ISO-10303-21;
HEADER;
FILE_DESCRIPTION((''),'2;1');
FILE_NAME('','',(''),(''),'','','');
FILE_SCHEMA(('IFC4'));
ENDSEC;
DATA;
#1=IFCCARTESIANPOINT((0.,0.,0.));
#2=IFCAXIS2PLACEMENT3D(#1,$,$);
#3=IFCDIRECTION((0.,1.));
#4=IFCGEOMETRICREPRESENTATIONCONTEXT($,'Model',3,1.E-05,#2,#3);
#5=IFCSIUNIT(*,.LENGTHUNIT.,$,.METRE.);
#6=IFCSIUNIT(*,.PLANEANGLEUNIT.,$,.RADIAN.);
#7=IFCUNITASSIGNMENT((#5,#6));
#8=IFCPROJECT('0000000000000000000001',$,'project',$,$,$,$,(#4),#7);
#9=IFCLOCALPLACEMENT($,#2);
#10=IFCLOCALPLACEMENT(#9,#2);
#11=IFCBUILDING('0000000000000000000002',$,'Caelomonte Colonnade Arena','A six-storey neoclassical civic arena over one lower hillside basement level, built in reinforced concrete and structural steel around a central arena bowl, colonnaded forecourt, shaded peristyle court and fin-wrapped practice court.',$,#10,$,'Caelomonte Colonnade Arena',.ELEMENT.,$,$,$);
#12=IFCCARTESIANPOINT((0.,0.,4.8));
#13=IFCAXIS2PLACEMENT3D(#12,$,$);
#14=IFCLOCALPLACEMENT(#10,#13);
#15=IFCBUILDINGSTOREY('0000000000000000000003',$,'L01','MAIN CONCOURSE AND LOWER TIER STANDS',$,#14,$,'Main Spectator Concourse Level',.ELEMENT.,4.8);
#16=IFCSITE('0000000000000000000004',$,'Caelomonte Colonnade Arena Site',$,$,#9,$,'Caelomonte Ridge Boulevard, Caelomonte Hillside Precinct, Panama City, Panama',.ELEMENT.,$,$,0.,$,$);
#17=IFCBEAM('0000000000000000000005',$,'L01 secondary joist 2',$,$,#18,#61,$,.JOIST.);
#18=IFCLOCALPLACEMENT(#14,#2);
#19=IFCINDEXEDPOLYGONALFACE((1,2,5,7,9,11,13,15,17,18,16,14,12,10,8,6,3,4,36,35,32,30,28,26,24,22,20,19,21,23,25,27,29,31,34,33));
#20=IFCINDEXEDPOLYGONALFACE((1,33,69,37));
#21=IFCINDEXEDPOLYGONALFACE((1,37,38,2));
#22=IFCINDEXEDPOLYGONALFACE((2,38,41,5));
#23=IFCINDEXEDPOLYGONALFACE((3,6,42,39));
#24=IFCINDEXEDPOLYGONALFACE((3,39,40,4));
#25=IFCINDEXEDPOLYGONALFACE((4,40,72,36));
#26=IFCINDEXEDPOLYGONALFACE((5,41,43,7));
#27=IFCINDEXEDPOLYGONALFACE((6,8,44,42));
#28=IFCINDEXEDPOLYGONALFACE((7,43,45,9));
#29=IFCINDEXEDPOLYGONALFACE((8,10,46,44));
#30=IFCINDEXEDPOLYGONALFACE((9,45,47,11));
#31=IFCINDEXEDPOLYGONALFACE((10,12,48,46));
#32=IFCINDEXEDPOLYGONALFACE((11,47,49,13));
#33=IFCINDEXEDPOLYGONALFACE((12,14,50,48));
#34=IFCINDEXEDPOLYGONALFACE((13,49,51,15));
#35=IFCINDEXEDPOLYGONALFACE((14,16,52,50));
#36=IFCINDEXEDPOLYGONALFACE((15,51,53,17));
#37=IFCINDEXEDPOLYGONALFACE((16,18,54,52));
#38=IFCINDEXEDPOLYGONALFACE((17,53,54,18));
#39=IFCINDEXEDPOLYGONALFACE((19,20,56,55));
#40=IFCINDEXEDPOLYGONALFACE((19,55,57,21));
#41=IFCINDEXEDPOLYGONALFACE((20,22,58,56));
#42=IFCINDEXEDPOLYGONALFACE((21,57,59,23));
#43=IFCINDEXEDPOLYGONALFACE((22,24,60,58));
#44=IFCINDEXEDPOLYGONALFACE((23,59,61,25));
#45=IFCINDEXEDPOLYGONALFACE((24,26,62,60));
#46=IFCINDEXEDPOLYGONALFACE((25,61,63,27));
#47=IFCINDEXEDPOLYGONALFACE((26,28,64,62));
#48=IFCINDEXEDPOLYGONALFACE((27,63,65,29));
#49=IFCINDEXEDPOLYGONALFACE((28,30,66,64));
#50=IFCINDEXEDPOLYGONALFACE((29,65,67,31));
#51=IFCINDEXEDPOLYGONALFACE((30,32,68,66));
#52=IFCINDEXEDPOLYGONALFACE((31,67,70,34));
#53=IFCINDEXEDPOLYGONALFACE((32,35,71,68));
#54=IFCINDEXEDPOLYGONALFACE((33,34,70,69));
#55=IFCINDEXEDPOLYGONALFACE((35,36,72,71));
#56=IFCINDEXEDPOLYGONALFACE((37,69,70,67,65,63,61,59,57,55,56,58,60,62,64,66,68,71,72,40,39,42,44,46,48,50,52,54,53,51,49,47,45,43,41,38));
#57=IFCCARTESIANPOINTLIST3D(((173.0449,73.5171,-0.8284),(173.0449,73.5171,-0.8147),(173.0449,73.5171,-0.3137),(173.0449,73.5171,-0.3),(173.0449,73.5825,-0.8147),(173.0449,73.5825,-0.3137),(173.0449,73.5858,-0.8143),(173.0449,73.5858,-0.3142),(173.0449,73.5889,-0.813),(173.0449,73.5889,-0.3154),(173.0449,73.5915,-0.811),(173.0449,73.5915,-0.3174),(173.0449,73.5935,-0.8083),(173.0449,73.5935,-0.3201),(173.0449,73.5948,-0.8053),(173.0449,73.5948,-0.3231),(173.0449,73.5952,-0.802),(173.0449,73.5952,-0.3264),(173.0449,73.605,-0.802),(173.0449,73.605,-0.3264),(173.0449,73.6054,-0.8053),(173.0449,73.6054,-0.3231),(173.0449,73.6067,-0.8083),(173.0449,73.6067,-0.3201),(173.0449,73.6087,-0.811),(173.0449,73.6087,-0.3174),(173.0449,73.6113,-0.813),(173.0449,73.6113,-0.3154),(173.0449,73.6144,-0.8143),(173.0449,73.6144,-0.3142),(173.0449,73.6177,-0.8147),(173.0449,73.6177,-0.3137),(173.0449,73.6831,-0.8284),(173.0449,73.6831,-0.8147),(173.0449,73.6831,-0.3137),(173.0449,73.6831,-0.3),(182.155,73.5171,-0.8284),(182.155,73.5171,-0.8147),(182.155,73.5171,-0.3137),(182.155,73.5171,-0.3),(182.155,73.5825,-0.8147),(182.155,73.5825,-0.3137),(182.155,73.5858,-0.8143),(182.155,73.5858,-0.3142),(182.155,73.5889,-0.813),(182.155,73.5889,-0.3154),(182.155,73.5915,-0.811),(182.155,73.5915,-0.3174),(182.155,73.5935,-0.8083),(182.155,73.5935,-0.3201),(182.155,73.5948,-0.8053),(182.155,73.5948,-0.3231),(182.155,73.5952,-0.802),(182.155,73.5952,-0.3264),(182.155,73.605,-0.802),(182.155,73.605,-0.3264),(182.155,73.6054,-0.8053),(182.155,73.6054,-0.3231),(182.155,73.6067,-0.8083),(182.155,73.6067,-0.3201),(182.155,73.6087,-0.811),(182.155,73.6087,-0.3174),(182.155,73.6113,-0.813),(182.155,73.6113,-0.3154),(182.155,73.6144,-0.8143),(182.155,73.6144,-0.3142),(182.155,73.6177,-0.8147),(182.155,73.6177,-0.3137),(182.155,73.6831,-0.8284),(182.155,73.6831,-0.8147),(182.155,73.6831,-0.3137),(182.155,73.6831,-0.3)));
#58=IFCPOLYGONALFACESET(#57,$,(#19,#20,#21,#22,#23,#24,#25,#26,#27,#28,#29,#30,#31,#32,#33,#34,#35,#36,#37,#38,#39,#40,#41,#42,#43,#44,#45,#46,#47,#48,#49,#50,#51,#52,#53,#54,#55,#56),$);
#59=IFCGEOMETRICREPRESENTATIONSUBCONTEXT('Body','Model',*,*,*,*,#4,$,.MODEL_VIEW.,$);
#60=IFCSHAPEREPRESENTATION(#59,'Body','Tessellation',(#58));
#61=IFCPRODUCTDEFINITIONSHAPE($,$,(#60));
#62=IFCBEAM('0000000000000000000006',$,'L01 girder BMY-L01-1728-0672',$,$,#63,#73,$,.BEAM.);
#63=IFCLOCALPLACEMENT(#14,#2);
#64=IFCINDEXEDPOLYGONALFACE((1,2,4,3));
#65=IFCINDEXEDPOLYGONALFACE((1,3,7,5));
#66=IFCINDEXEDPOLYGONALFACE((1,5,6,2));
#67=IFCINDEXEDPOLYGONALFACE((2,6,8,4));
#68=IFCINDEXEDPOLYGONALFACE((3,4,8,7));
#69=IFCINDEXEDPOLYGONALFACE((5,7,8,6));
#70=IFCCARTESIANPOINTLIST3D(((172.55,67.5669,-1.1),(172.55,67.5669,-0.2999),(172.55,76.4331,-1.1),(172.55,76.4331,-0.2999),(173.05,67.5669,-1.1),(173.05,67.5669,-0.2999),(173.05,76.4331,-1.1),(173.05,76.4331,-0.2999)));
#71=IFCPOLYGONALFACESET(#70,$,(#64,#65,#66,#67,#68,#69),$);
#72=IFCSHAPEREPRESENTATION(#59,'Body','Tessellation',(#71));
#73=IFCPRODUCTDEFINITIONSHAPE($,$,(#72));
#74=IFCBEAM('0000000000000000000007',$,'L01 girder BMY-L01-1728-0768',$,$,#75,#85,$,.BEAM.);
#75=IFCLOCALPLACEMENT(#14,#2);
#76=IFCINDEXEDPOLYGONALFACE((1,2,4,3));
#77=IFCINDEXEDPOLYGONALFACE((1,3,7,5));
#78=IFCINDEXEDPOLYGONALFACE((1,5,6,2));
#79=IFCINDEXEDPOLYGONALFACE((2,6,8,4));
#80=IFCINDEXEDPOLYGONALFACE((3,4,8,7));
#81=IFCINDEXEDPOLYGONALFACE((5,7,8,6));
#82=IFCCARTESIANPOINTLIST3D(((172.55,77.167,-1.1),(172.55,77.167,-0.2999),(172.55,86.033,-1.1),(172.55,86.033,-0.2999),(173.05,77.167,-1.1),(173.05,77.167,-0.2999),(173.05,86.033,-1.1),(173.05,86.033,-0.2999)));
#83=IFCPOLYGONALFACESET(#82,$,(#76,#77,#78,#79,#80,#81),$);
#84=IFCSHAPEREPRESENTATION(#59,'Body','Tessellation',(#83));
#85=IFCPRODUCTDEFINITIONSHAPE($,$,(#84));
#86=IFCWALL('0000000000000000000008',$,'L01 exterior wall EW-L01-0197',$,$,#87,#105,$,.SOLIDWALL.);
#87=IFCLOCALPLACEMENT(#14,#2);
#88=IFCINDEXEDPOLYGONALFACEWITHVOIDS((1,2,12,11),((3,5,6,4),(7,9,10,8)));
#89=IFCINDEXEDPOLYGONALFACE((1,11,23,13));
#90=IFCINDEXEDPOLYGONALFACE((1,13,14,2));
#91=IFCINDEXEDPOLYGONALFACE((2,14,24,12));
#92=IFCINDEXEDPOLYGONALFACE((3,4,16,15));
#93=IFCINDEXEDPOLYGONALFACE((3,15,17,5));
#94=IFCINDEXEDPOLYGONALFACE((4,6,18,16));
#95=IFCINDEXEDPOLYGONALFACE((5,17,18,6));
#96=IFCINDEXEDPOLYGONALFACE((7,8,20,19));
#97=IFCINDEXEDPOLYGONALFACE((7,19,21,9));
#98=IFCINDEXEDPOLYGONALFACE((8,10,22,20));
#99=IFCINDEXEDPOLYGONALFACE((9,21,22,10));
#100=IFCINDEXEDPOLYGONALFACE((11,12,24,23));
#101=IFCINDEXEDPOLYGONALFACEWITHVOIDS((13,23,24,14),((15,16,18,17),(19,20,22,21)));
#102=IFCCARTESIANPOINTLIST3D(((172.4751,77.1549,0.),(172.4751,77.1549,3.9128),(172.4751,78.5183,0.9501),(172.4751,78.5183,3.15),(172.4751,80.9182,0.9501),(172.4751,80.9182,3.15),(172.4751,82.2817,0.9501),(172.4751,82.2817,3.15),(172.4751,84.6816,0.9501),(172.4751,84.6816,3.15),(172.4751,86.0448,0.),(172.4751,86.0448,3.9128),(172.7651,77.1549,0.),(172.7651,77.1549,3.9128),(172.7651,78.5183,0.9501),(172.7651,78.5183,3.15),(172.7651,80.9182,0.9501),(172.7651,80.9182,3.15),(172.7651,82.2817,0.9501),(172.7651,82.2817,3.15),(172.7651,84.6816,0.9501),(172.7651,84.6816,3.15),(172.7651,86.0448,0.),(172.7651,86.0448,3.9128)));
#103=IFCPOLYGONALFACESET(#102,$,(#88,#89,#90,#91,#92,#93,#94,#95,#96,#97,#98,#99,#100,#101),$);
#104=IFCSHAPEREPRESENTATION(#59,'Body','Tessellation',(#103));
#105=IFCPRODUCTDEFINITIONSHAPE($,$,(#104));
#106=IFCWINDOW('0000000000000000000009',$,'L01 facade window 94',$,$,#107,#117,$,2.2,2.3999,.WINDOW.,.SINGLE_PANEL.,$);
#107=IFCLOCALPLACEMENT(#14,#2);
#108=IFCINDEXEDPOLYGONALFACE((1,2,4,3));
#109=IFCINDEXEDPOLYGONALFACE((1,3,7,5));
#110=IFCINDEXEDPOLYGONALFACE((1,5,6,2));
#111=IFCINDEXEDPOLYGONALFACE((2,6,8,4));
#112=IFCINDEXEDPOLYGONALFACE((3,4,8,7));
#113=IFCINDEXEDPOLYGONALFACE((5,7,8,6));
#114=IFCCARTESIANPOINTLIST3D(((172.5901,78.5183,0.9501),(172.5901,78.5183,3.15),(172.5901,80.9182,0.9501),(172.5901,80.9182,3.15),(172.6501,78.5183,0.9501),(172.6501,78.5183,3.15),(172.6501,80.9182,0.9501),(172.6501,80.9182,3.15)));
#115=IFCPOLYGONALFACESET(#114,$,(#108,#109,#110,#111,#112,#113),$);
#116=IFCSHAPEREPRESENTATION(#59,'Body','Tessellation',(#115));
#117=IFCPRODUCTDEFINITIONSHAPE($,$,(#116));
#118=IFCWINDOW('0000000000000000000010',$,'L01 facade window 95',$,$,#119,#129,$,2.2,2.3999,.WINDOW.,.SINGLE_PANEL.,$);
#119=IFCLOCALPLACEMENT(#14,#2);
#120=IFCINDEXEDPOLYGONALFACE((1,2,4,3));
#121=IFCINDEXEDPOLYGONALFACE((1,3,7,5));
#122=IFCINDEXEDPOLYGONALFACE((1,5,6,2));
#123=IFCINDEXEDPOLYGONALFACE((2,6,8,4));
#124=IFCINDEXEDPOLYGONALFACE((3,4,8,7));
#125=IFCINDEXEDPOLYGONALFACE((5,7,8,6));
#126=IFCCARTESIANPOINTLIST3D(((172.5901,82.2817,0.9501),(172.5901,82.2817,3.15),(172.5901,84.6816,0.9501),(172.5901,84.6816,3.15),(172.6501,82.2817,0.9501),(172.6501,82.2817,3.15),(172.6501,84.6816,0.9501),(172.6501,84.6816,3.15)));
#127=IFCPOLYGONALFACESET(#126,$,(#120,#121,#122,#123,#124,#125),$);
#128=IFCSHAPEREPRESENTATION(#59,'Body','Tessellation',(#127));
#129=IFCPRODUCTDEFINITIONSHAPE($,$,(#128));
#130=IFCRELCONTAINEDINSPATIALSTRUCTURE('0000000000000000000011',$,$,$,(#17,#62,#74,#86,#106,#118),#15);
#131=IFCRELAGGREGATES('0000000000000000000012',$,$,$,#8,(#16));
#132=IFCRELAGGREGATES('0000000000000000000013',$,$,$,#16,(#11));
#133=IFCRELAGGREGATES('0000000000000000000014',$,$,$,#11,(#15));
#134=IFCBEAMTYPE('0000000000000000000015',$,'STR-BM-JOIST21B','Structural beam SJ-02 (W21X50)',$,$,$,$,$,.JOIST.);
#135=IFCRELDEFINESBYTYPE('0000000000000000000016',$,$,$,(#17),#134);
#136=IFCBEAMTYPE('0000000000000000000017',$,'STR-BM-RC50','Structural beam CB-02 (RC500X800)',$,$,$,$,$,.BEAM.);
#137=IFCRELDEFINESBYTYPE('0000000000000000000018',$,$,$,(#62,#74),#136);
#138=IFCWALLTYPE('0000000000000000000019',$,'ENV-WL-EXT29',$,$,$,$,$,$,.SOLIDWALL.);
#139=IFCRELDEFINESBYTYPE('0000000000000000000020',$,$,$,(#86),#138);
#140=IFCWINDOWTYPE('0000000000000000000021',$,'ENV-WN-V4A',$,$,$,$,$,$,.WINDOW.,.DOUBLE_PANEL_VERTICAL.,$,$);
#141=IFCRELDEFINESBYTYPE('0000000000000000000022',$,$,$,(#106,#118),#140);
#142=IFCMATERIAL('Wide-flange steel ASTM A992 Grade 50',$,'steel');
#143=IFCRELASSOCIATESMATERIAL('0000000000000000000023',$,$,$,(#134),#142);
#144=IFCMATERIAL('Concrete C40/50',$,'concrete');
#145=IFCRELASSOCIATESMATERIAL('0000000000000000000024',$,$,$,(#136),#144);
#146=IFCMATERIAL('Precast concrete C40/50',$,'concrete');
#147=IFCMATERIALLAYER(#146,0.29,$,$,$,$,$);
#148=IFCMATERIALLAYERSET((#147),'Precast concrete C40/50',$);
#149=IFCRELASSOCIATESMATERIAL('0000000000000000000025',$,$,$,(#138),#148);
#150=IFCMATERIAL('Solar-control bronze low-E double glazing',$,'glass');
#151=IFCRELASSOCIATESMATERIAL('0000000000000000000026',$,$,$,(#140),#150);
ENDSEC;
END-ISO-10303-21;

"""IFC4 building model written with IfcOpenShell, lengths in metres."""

from ifc_helpers import new_model, si_unit, direction, frame, frame_2d, origin, origin_2d, place, context, subcontext, project, spatial, rectangle, i_section, extrude, material, layer, layer_set, material_profile, profile_set, type_object, element, fill, save


model = new_model("IFC4")

# Units and contexts
model_context = context("Model", 3, precision=1e-05, world=origin(), true_north=direction((0.0, 1.0)))
body_context = subcontext(model_context, "Body", "Model", "MODEL_VIEW")
ifc_project = project(units=[si_unit("LENGTHUNIT", "METRE"), si_unit("PLANEANGLEUNIT", "RADIAN")], contexts=[model_context])

# Site, building, storey
site_placement = place(None, origin())
site = spatial("IfcSite", under=ifc_project, at=site_placement, Name="Caelomonte Colonnade Arena Site", LongName="Caelomonte Ridge Boulevard, Caelomonte Hillside Precinct, Panama City, Panama", CompositionType="ELEMENT", RefElevation=0.0)
building_placement = place(site_placement, origin())
building = spatial("IfcBuilding", under=site, at=building_placement, Name="Caelomonte Colonnade Arena", Description="A six-storey neoclassical civic arena over one lower hillside basement level, built in reinforced concrete and structural steel around a central arena bowl, colonnaded forecourt, shaded peristyle court and fin-wrapped practice court.", LongName="Caelomonte Colonnade Arena", CompositionType="ELEMENT")
storey_placement = place(building_placement, frame((0.0, 0.0, 4.8)))
storey = spatial("IfcBuildingStorey", under=building, at=storey_placement, Name="L01", Description="MAIN CONCOURSE AND LOWER TIER STANDS", LongName="Main Spectator Concourse Level", CompositionType="ELEMENT", Elevation=4.8)

# Shared definitions
ifc_material_1 = material(Name="Concrete C40/50", Category="concrete")

# Beams
ifc_material_2 = material(Name="Wide-flange steel ASTM A992 Grade 50", Category="steel")
ifc_material_profile_1 = material_profile(ifc_material_2, i_section(OverallWidth=0.166, OverallDepth=0.5283, WebThickness=0.0098, FlangeThickness=0.0137, FilletRadius=0.0127, at=origin_2d()), Name="W21X50")
ifc_profile_set_1 = profile_set([ifc_material_profile_1], Name="Wide-flange steel ASTM A992 Grade 50")
beam_type_1 = type_object("IfcBeamType", Name="STR-BM-JOIST21B", Description="Structural beam SJ-02 (W21X50)", PredefinedType="JOIST", material=ifc_profile_set_1)
for number, where, z_axis, x_axis, name in (
    (1, (173.0449, 73.6001, -0.5642), (1.0, 0.0, 0.0), (0.0, 1.0, 0.0), "L01 secondary joist 2"),
):
    element("IfcBeam", number, at=place(storey_placement, frame(where, z_axis=z_axis, x_axis=x_axis)), inside=storey, type_object=beam_type_1, Name=name, PredefinedType="JOIST", context=body_context, shape_type="SweptSolid", body=[
        extrude(i_section(OverallWidth=0.166, OverallDepth=0.5283, WebThickness=0.0098, FlangeThickness=0.0137, FilletRadius=0.0127, at=origin_2d()), origin(), (0.0, 0.0, 1.0), 9.1101),
    ])
ifc_material_profile_2 = material_profile(ifc_material_1, rectangle(XDim=0.5, YDim=0.8, at=origin_2d()), Name="RC500X800")
ifc_profile_set_2 = profile_set([ifc_material_profile_2], Name="Concrete C40/50")
beam_type_2 = type_object("IfcBeamType", Name="STR-BM-RC50", Description="Structural beam CB-02 (RC500X800)", PredefinedType="BEAM", material=ifc_profile_set_2)
beam_1_placement = place(storey_placement, frame((172.8, 67.5669, -0.7), z_axis=(0.0, 1.0, 0.0), x_axis=(-1.0, 0.0, 0.0)))
element("IfcBeam", 2, at=beam_1_placement, inside=storey, type_object=beam_type_2, Name="L01 girder BMY-L01-1728-0672", PredefinedType="BEAM", context=body_context, shape_type="SweptSolid", body=[
    extrude(rectangle(XDim=0.5, YDim=0.8, at=origin_2d()), origin(), (0.0, 0.0, 1.0), 8.8662),
])
beam_2_placement = place(storey_placement, frame((172.8, 77.167, -0.7), z_axis=(0.0, 1.0, 0.0), x_axis=(-1.0, 0.0, 0.0)))
element("IfcBeam", 3, at=beam_2_placement, inside=storey, type_object=beam_type_2, Name="L01 girder BMY-L01-1728-0768", PredefinedType="BEAM", context=body_context, shape_type="SweptSolid", body=[
    extrude(rectangle(XDim=0.5, YDim=0.8, at=origin_2d()), origin(), (0.0, 0.0, 1.0), 8.866),
])

# Wall, openings, windows
ifc_material_3 = material(Name="Precast concrete C40/50", Category="concrete")
ifc_layer = layer(ifc_material_3, 0.29)
ifc_layer_set = layer_set([ifc_layer], Name="Precast concrete C40/50")
wall_type = type_object("IfcWallType", Name="ENV-WL-EXT29", PredefinedType="SOLIDWALL", material=ifc_layer_set)
wall_placement = place(storey_placement, frame((172.6201, 77.155, 0.0), z_axis=(0.0, 0.0, 1.0), x_axis=(0.0, 1.0, 0.0)))
wall = element("IfcWall", 4, at=wall_placement, inside=storey, type_object=wall_type, Name="L01 exterior wall EW-L01-0197", PredefinedType="SOLIDWALL", context=body_context, shape_type="SweptSolid", body=[
    extrude(rectangle(XDim=8.8899, YDim=0.29, at=frame_2d((4.4448, 0.0))), origin(), (0.0, 0.0, 1.0), 3.9128),
])
opening_1_placement = place(wall_placement, frame((3.7632, 0.0, 0.95), z_axis=(0.0, 0.0, 1.0), x_axis=(-1.0, 0.0, 0.0)))
opening_1 = element("IfcOpeningElement", 5, at=opening_1_placement, cuts=wall, PredefinedType="OPENING", context=body_context, shape_type="SweptSolid", body=[
    extrude(rectangle(XDim=2.3999, YDim=2.2, at=frame_2d((1.2, 1.1001))), frame((0.0, 0.155, 0.0), z_axis=(0.0, -1.0, 0.0), x_axis=(1.0, 0.0, 0.0)), (0.0, 0.0, 1.0), 0.3101),
])
opening_2_placement = place(wall_placement, frame((7.5266, 0.0, 0.95), z_axis=(0.0, 0.0, 1.0), x_axis=(-1.0, 0.0, 0.0)))
opening_2 = element("IfcOpeningElement", 6, at=opening_2_placement, cuts=wall, PredefinedType="OPENING", context=body_context, shape_type="SweptSolid", body=[
    extrude(rectangle(XDim=2.3999, YDim=2.2, at=frame_2d((1.2, 1.1001))), frame((0.0, 0.155, 0.0), z_axis=(0.0, -1.0, 0.0), x_axis=(1.0, 0.0, 0.0)), (0.0, 0.0, 1.0), 0.3101),
])
ifc_material_4 = material(Name="Solar-control bronze low-E double glazing", Category="glass")
window_type = type_object("IfcWindowType", Name="ENV-WN-V4A", PartitioningType="DOUBLE_PANEL_VERTICAL", PredefinedType="WINDOW", material=ifc_material_4)
window_1_placement = place(opening_1_placement, origin())
window_1 = element("IfcWindow", 7, at=window_1_placement, inside=storey, type_object=window_type, Name="L01 facade window 94", OverallHeight=2.2, OverallWidth=2.3999, PartitioningType="SINGLE_PANEL", PredefinedType="WINDOW", context=body_context, shape_type="SweptSolid", body=[
    extrude(rectangle(XDim=2.3999, YDim=2.2, at=frame_2d((1.2, 1.1001))), frame((0.0, 0.03, 0.0), z_axis=(0.0, -1.0, 0.0), x_axis=(1.0, 0.0, 0.0)), (0.0, 0.0, 1.0), 0.0601),
])
fill(opening_1, window_1)
window_2_placement = place(opening_2_placement, origin())
window_2 = element("IfcWindow", 8, at=window_2_placement, inside=storey, type_object=window_type, Name="L01 facade window 95", OverallHeight=2.2, OverallWidth=2.3999, PartitioningType="SINGLE_PANEL", PredefinedType="WINDOW", context=body_context, shape_type="SweptSolid", body=[
    extrude(rectangle(XDim=2.3999, YDim=2.2, at=frame_2d((1.2, 1.1001))), frame((0.0, 0.03, 0.0), z_axis=(0.0, -1.0, 0.0), x_axis=(1.0, 0.0, 0.0)), (0.0, 0.0, 1.0), 0.0601),
])
fill(opening_2, window_2)

save(model, "model.ifc")
